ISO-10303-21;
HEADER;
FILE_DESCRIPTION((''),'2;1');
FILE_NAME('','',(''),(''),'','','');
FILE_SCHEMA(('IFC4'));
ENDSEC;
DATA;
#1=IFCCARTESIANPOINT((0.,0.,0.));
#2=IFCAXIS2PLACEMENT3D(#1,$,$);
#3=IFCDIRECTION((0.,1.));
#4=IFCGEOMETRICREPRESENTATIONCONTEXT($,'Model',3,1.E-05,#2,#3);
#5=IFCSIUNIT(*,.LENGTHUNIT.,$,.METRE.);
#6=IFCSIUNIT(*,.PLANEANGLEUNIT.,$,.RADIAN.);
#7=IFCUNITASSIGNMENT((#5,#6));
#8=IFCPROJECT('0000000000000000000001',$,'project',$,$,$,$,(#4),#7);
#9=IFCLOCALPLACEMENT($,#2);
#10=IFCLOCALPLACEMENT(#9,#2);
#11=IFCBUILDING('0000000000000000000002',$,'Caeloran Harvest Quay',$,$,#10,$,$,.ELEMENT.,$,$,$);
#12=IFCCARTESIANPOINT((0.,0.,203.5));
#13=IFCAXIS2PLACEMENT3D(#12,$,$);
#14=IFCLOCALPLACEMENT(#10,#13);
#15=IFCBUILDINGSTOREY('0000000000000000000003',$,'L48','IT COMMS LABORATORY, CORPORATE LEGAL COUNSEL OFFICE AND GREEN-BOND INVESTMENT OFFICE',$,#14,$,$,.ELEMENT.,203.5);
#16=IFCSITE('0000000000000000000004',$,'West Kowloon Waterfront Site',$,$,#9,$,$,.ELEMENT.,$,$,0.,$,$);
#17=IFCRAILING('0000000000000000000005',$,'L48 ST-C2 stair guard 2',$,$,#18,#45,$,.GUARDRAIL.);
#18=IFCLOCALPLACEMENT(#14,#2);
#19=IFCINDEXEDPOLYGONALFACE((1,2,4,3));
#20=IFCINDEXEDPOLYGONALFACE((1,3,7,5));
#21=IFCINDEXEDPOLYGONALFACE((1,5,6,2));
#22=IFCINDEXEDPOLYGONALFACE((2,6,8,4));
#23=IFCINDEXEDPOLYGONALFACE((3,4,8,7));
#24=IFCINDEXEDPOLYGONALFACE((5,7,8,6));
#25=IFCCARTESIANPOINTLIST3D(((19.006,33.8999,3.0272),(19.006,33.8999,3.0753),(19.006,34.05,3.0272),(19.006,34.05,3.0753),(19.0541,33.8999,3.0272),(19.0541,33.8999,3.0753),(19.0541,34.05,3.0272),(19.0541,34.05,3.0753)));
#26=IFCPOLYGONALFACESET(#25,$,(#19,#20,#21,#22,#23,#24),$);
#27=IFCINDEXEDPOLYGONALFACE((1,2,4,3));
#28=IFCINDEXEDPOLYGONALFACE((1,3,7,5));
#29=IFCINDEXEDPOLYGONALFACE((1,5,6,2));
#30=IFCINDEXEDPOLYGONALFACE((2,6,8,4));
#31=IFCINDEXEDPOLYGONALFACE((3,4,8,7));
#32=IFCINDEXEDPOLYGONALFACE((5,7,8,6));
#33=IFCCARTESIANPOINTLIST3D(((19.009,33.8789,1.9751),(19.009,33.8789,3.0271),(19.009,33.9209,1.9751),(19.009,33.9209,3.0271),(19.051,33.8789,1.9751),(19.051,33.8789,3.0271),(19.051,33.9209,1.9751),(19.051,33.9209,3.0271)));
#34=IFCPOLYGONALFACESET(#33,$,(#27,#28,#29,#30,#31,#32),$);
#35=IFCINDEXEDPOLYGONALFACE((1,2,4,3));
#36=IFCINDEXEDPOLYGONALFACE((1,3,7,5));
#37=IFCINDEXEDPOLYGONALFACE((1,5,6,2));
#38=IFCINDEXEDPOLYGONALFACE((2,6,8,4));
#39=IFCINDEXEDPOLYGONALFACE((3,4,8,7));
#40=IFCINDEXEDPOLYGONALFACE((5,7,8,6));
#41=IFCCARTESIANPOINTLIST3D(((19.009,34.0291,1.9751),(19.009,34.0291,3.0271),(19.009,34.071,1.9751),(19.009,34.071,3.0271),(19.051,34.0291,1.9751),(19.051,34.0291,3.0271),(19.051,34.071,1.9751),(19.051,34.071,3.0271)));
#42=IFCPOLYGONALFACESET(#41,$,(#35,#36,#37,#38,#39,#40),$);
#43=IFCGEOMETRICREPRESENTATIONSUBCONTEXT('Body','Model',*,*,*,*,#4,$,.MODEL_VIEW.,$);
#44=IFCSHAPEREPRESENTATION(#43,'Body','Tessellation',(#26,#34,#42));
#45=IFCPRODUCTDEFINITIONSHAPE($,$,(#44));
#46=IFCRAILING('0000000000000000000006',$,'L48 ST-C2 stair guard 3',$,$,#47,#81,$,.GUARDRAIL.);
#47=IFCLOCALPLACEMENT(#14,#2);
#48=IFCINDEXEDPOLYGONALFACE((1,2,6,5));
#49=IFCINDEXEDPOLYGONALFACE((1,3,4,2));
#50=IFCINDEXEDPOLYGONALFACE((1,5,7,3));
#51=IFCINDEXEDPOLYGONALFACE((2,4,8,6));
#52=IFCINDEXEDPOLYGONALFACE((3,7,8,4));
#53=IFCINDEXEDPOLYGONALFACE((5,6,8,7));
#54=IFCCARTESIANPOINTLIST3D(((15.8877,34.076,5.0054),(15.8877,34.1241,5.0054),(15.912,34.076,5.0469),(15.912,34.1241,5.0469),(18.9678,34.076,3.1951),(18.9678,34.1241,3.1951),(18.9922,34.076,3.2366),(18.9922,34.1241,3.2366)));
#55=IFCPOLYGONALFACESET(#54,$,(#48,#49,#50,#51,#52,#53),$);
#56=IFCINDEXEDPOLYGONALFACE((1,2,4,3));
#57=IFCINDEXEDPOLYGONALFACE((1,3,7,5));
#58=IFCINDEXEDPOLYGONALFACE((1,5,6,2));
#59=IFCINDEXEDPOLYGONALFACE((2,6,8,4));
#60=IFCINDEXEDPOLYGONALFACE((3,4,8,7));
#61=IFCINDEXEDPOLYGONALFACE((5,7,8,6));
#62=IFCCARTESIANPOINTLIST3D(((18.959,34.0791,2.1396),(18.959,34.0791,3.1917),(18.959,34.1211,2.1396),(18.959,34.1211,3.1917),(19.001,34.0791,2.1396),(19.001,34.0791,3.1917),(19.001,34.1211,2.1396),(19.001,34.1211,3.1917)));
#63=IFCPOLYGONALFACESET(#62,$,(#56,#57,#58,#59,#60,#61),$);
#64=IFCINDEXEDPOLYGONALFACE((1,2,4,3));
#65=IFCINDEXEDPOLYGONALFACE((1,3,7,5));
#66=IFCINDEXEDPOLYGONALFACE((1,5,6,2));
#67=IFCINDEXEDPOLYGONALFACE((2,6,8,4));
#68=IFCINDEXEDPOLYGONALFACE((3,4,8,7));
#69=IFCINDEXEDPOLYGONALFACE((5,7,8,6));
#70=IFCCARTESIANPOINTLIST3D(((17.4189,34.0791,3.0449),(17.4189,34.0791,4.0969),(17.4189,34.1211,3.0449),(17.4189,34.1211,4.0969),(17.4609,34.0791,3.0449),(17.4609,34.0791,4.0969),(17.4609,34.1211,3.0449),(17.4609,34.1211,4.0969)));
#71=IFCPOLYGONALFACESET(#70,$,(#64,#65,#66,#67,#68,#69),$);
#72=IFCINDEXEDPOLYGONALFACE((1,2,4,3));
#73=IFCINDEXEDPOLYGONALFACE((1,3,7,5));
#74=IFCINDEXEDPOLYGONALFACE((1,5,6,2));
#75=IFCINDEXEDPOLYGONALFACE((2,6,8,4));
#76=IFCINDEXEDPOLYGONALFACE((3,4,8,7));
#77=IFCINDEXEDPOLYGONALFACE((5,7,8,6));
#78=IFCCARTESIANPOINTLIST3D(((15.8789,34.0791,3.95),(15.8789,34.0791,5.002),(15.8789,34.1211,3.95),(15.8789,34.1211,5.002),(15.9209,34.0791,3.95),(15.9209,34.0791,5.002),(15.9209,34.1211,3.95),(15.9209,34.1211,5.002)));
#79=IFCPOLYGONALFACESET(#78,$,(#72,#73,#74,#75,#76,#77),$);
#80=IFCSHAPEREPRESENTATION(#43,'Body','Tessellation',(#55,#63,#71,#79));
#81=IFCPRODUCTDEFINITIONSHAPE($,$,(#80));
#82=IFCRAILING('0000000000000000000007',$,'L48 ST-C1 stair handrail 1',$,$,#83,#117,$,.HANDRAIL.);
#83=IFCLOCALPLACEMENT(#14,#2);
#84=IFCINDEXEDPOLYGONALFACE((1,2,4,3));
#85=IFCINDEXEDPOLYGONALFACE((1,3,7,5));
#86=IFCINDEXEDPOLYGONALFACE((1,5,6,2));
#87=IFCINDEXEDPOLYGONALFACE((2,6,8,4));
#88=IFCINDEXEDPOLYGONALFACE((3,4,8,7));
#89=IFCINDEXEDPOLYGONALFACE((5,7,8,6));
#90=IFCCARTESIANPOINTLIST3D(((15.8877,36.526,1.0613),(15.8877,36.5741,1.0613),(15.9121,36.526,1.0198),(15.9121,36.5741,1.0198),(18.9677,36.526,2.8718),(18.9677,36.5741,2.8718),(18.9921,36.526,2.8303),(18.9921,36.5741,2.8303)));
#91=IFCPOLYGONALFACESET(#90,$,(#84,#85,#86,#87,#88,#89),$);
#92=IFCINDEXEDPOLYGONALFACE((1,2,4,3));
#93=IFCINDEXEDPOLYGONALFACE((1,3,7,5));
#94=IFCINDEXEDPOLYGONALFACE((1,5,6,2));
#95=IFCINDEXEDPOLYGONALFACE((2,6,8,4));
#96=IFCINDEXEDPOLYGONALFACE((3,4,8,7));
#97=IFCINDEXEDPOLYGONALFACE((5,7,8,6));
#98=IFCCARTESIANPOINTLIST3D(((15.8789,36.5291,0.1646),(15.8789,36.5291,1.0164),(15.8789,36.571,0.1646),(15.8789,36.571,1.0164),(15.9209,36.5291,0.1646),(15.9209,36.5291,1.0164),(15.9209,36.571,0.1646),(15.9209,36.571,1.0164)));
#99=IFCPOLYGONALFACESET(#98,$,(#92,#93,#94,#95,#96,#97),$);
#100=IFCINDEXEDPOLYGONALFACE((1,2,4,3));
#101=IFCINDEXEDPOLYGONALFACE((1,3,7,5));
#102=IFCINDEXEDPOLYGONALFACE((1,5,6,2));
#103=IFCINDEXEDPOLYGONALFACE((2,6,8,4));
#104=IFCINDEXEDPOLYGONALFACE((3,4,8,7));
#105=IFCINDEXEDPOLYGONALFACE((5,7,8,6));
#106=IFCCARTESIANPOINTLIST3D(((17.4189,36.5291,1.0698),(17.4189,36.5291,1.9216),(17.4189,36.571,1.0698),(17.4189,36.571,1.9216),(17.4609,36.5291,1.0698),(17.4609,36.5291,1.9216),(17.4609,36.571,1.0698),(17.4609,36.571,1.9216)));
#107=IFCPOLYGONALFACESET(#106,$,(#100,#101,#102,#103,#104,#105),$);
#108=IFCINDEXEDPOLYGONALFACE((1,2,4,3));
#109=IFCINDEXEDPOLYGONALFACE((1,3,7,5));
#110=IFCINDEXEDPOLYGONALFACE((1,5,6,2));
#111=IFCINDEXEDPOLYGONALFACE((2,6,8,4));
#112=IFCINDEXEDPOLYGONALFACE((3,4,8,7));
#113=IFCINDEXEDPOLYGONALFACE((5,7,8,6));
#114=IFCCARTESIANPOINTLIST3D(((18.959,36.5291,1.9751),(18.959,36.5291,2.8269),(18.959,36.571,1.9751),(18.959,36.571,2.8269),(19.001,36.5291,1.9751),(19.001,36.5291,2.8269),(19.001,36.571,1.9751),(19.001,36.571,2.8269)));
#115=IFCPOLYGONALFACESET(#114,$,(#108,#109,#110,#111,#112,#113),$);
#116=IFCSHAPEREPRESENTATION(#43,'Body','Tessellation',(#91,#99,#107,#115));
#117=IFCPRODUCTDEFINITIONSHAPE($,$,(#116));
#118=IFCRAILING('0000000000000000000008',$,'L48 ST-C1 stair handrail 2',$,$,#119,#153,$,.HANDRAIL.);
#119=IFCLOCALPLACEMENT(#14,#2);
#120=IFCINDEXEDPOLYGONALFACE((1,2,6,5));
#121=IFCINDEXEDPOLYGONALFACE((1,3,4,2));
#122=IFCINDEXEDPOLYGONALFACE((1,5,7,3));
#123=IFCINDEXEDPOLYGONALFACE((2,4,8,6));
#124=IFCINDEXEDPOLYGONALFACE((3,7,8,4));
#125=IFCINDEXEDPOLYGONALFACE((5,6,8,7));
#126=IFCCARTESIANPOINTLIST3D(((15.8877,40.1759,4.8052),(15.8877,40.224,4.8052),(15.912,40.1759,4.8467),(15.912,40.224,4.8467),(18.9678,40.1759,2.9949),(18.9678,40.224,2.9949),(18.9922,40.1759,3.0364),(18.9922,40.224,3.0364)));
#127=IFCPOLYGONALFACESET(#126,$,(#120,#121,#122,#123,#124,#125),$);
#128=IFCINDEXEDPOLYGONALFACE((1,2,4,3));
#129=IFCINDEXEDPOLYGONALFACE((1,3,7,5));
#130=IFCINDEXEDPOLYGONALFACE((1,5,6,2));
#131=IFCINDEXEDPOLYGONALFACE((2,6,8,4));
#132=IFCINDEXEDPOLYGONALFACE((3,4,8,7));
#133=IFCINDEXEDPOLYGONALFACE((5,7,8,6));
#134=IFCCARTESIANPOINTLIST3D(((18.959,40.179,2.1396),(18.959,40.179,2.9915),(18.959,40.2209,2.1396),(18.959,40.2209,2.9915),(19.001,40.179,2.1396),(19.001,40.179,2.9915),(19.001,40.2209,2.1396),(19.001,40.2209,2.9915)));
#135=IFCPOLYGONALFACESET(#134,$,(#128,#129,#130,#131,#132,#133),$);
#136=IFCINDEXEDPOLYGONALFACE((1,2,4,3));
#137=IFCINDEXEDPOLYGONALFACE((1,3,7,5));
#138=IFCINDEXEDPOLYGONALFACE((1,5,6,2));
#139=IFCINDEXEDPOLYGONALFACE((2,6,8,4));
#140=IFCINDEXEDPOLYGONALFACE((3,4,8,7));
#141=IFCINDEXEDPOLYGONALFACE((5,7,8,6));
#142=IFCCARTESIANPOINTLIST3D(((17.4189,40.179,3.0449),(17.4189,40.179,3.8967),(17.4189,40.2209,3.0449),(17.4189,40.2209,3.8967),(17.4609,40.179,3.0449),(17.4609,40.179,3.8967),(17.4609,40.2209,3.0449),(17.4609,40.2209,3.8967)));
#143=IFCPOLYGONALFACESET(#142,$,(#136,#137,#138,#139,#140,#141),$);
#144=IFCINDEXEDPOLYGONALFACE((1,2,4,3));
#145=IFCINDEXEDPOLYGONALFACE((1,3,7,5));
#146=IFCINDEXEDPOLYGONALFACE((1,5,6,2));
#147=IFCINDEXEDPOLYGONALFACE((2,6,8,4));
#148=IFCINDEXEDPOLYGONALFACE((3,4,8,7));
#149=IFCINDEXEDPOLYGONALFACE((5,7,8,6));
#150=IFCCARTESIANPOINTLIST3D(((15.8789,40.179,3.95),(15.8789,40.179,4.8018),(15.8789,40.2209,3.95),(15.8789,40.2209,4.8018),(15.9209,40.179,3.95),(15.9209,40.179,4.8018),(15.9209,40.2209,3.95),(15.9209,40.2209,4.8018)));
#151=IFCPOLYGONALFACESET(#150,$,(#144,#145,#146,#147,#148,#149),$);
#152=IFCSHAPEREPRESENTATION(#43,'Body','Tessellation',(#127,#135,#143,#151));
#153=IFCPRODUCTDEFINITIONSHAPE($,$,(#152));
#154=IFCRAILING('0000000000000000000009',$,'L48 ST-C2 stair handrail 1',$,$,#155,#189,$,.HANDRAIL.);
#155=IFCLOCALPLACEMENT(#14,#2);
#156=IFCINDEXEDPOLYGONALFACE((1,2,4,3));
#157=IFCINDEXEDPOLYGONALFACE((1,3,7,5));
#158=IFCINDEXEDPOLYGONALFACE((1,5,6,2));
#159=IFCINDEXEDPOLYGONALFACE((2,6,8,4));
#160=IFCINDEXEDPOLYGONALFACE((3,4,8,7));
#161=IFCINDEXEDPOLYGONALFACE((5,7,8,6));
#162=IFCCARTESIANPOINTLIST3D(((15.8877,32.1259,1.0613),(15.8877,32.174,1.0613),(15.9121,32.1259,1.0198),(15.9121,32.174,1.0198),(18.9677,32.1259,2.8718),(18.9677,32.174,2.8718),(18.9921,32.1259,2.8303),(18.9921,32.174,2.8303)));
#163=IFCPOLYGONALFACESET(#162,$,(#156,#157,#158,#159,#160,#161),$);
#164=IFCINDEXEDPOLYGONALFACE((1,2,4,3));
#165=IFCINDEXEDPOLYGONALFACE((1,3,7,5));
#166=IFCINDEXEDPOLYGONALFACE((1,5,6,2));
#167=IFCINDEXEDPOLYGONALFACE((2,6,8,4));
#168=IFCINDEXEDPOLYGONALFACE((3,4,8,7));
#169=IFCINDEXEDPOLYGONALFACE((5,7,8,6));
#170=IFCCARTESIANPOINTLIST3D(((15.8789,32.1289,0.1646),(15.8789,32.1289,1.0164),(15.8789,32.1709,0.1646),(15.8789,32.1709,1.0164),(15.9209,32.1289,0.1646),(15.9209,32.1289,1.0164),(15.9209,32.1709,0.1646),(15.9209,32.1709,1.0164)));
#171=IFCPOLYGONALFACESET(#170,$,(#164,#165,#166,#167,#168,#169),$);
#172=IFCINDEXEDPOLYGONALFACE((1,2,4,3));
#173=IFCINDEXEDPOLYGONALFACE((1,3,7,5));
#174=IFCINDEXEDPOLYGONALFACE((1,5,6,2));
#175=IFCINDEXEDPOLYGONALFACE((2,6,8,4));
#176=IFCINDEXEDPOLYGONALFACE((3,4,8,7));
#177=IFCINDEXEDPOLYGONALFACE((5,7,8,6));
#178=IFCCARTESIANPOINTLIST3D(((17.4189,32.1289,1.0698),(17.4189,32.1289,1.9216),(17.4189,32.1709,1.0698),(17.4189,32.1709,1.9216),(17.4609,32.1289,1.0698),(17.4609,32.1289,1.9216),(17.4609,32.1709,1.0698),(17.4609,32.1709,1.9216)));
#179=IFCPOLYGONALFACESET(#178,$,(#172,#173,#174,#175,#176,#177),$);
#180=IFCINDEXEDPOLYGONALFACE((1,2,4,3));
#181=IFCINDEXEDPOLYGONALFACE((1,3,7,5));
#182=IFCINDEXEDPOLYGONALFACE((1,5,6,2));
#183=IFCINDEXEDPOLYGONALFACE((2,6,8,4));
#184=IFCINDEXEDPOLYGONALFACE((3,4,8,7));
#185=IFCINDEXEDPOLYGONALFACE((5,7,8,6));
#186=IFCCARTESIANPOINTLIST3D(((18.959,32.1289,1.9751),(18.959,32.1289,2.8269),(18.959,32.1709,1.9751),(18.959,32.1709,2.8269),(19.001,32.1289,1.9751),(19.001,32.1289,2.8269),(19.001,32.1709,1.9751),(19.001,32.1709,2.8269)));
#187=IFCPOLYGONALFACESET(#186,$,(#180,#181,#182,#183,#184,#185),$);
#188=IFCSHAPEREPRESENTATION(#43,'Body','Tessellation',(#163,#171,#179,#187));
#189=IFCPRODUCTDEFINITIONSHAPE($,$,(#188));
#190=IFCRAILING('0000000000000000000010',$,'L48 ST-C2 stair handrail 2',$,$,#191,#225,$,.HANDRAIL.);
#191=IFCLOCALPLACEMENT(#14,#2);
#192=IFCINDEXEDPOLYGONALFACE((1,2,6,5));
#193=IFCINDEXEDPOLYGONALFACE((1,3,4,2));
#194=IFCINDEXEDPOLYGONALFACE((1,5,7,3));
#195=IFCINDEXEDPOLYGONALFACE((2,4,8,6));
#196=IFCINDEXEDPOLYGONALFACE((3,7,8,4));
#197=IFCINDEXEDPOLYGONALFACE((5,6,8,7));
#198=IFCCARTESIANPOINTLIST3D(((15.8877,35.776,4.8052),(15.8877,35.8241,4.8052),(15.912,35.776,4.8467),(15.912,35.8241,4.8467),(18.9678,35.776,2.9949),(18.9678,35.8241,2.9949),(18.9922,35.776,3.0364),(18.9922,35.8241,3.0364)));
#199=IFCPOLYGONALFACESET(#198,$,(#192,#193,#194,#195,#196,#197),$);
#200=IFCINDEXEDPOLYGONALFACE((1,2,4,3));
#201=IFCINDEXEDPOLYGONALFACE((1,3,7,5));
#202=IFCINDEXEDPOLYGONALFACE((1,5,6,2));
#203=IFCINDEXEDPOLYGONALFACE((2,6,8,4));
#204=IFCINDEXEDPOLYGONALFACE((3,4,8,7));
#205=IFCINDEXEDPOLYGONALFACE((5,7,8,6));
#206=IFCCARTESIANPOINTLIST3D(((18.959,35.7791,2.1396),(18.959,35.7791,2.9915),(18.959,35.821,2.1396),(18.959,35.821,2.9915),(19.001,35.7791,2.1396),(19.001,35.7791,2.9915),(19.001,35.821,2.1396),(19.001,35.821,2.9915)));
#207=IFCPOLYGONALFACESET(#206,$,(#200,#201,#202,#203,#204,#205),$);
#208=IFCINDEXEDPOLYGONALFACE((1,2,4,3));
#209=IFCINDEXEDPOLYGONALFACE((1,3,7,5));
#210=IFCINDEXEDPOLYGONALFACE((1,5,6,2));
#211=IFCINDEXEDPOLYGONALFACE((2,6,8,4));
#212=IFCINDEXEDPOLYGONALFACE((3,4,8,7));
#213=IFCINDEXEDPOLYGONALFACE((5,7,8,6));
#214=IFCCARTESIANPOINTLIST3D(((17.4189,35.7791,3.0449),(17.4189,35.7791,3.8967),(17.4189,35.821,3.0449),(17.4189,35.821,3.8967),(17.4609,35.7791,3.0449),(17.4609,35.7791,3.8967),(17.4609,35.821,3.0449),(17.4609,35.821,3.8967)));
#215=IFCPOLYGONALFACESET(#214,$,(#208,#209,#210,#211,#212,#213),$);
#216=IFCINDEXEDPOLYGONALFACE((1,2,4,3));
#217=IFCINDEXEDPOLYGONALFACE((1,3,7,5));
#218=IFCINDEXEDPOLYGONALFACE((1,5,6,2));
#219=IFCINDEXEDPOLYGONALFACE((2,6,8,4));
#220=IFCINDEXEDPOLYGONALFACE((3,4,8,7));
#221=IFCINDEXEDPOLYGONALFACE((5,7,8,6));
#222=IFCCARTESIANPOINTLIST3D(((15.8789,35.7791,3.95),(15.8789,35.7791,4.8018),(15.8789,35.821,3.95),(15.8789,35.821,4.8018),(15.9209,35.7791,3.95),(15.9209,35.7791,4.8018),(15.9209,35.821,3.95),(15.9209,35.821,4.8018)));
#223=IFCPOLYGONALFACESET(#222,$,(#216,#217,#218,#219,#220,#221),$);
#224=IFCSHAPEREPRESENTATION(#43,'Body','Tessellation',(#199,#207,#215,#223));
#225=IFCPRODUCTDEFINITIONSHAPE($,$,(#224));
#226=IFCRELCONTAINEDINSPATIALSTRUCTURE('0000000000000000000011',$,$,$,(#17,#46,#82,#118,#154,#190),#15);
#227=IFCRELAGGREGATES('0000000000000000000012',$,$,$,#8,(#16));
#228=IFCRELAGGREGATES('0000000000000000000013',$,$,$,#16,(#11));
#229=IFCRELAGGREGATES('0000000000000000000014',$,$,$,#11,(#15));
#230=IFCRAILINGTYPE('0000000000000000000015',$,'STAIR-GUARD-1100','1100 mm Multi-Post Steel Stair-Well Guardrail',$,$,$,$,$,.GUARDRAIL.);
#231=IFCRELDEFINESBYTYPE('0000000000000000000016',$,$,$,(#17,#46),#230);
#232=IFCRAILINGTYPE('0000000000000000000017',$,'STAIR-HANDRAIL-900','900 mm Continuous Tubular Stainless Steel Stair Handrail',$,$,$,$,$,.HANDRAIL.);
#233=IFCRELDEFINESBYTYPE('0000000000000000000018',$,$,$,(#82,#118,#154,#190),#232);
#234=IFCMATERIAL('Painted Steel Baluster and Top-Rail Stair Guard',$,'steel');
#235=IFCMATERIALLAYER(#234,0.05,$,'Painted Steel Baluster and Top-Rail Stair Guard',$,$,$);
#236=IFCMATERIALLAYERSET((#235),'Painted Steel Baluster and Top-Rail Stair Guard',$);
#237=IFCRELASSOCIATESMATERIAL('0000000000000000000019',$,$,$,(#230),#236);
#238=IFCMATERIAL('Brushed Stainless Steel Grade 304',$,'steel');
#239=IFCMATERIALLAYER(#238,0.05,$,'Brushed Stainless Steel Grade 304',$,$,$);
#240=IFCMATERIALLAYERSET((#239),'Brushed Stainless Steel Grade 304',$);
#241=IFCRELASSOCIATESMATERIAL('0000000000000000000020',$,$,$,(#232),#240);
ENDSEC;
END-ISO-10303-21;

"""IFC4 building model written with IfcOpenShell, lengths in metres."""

from ifc_helpers import new_model, si_unit, direction, frame, origin, origin_2d, place, context, subcontext, project, spatial, rectangle, extrude, material, layer, layer_set, type_object, element, save


model = new_model("IFC4")

# Units and contexts
model_context = context("Model", 3, precision=1e-05, world=origin(), true_north=direction((0.0, 1.0)))
body_context = subcontext(model_context, "Body", "Model", "MODEL_VIEW")
ifc_project = project(units=[si_unit("LENGTHUNIT", "METRE"), si_unit("PLANEANGLEUNIT", "RADIAN")], contexts=[model_context])

# Site, building, storey
site_placement = place(None, origin())
site = spatial("IfcSite", under=ifc_project, at=site_placement, Name="West Kowloon Waterfront Site", CompositionType="ELEMENT", RefElevation=0.0)
building_placement = place(site_placement, origin())
building = spatial("IfcBuilding", under=site, at=building_placement, Name="Caeloran Harvest Quay", CompositionType="ELEMENT")
storey_placement = place(building_placement, frame((0.0, 0.0, 203.5)))
storey = spatial("IfcBuildingStorey", under=building, at=storey_placement, Name="L48", Description="IT COMMS LABORATORY, CORPORATE LEGAL COUNSEL OFFICE AND GREEN-BOND INVESTMENT OFFICE", CompositionType="ELEMENT", Elevation=203.5)

# Railings
ifc_material_1 = material(Name="Painted Steel Baluster and Top-Rail Stair Guard", Category="steel")
ifc_layer_1 = layer(ifc_material_1, 0.05, Name="Painted Steel Baluster and Top-Rail Stair Guard")
ifc_layer_set_1 = layer_set([ifc_layer_1], Name="Painted Steel Baluster and Top-Rail Stair Guard")
railing_type_1 = type_object("IfcRailingType", Name="STAIR-GUARD-1100", Description="1100 mm Multi-Post Steel Stair-Well Guardrail", PredefinedType="GUARDRAIL", material=ifc_layer_set_1)
railing_1_placement = place(storey_placement, frame((19.03, 33.8999, 1.9751)))
element("IfcRailing", 1, at=railing_1_placement, inside=storey, type_object=railing_type_1, Name="L48 ST-C2 stair guard 2", PredefinedType="GUARDRAIL", context=body_context, shape_type="SweptSolid", body=[
    extrude(rectangle(XDim=0.0481, YDim=0.0481, at=origin_2d()), frame((0.0, 0.0, 1.0762), z_axis=(0.0, 1.0, 0.0), x_axis=(-1.0, 0.0, 0.0)), (0.0, 0.0, 1.0), 0.1501),
    extrude(rectangle(XDim=0.042, YDim=0.042, at=origin_2d()), origin(), (0.0, 0.0, 1.0), 1.052),
    extrude(rectangle(XDim=0.042, YDim=0.042, at=origin_2d()), frame((0.0, 0.1501, 0.0)), (0.0, 0.0, 1.0), 1.052),
])
railing_2_placement = place(storey_placement, frame((18.98, 34.1001, 2.1396)))
element("IfcRailing", 2, at=railing_2_placement, inside=storey, type_object=railing_type_1, Name="L48 ST-C2 stair guard 3", PredefinedType="GUARDRAIL", context=body_context, shape_type="SweptSolid", body=[
    extrude(rectangle(XDim=0.0481, YDim=0.0481, at=origin_2d()), frame((0.0, 0.0, 1.0762), z_axis=(-0.862119, 0.0, 0.506707), x_axis=(0.0, -1.0, 0.0)), (0.0, 0.0, 1.0), 3.5728),
    extrude(rectangle(XDim=0.042, YDim=0.042, at=origin_2d()), origin(), (0.0, 0.0, 1.0), 1.052),
    extrude(rectangle(XDim=0.042, YDim=0.042, at=origin_2d()), frame((-1.54, 0.0, 0.9053)), (0.0, 0.0, 1.0), 1.052),
    extrude(rectangle(XDim=0.042, YDim=0.042, at=origin_2d()), frame((-3.0801, 0.0, 1.8103)), (0.0, 0.0, 1.0), 1.052),
])
ifc_material_2 = material(Name="Brushed Stainless Steel Grade 304", Category="steel")
ifc_layer_2 = layer(ifc_material_2, 0.05, Name="Brushed Stainless Steel Grade 304")
ifc_layer_set_2 = layer_set([ifc_layer_2], Name="Brushed Stainless Steel Grade 304")
railing_type_2 = type_object("IfcRailingType", Name="STAIR-HANDRAIL-900", Description="900 mm Continuous Tubular Stainless Steel Stair Handrail", PredefinedType="HANDRAIL", material=ifc_layer_set_2)
railing_3_placement = place(storey_placement, frame((15.8999, 36.55, 0.1646)))
element("IfcRailing", 3, at=railing_3_placement, inside=storey, type_object=railing_type_2, Name="L48 ST-C1 stair handrail 1", PredefinedType="HANDRAIL", context=body_context, shape_type="SweptSolid", body=[
    extrude(rectangle(XDim=0.0481, YDim=0.0481, at=origin_2d()), frame((0.0, 0.0, 0.876), z_axis=(0.862089, 0.0, 0.506757), x_axis=(0.0, 1.0, 0.0)), (0.0, 0.0, 1.0), 3.5728),
    extrude(rectangle(XDim=0.042, YDim=0.042, at=origin_2d()), origin(), (0.0, 0.0, 1.0), 0.8518),
    extrude(rectangle(XDim=0.042, YDim=0.042, at=origin_2d()), frame((1.54, 0.0, 0.9053)), (0.0, 0.0, 1.0), 0.8518),
    extrude(rectangle(XDim=0.042, YDim=0.042, at=origin_2d()), frame((3.0801, 0.0, 1.8105)), (0.0, 0.0, 1.0), 0.8518),
])
railing_4_placement = place(storey_placement, frame((18.98, 40.2, 2.1396)))
element("IfcRailing", 4, at=railing_4_placement, inside=storey, type_object=railing_type_2, Name="L48 ST-C1 stair handrail 2", PredefinedType="HANDRAIL", context=body_context, shape_type="SweptSolid", body=[
    extrude(rectangle(XDim=0.0481, YDim=0.0481, at=origin_2d()), frame((0.0, 0.0, 0.876), z_axis=(-0.862119, 0.0, 0.506707), x_axis=(0.0, -1.0, 0.0)), (0.0, 0.0, 1.0), 3.5728),
    extrude(rectangle(XDim=0.042, YDim=0.042, at=origin_2d()), origin(), (0.0, 0.0, 1.0), 0.8518),
    extrude(rectangle(XDim=0.042, YDim=0.042, at=origin_2d()), frame((-1.54, 0.0, 0.9053)), (0.0, 0.0, 1.0), 0.8518),
    extrude(rectangle(XDim=0.042, YDim=0.042, at=origin_2d()), frame((-3.0801, 0.0, 1.8103)), (0.0, 0.0, 1.0), 0.8518),
])
railing_5_placement = place(storey_placement, frame((15.8999, 32.1499, 0.1646)))
element("IfcRailing", 5, at=railing_5_placement, inside=storey, type_object=railing_type_2, Name="L48 ST-C2 stair handrail 1", PredefinedType="HANDRAIL", context=body_context, shape_type="SweptSolid", body=[
    extrude(rectangle(XDim=0.0481, YDim=0.0481, at=origin_2d()), frame((0.0, 0.0, 0.876), z_axis=(0.862089, 0.0, 0.506757), x_axis=(0.0, 1.0, 0.0)), (0.0, 0.0, 1.0), 3.5728),
    extrude(rectangle(XDim=0.042, YDim=0.042, at=origin_2d()), origin(), (0.0, 0.0, 1.0), 0.8518),
    extrude(rectangle(XDim=0.042, YDim=0.042, at=origin_2d()), frame((1.54, 0.0, 0.9053)), (0.0, 0.0, 1.0), 0.8518),
    extrude(rectangle(XDim=0.042, YDim=0.042, at=origin_2d()), frame((3.0801, 0.0, 1.8105)), (0.0, 0.0, 1.0), 0.8518),
])
railing_6_placement = place(storey_placement, frame((18.98, 35.8, 2.1396)))
element("IfcRailing", 6, at=railing_6_placement, inside=storey, type_object=railing_type_2, Name="L48 ST-C2 stair handrail 2", PredefinedType="HANDRAIL", context=body_context, shape_type="SweptSolid", body=[
    extrude(rectangle(XDim=0.0481, YDim=0.0481, at=origin_2d()), frame((0.0, 0.0, 0.876), z_axis=(-0.862119, 0.0, 0.506707), x_axis=(0.0, -1.0, 0.0)), (0.0, 0.0, 1.0), 3.5728),
    extrude(rectangle(XDim=0.042, YDim=0.042, at=origin_2d()), origin(), (0.0, 0.0, 1.0), 0.8518),
    extrude(rectangle(XDim=0.042, YDim=0.042, at=origin_2d()), frame((-1.54, 0.0, 0.9053)), (0.0, 0.0, 1.0), 0.8518),
    extrude(rectangle(XDim=0.042, YDim=0.042, at=origin_2d()), frame((-3.0801, 0.0, 1.8103)), (0.0, 0.0, 1.0), 0.8518),
])

save(model, "model.ifc")
